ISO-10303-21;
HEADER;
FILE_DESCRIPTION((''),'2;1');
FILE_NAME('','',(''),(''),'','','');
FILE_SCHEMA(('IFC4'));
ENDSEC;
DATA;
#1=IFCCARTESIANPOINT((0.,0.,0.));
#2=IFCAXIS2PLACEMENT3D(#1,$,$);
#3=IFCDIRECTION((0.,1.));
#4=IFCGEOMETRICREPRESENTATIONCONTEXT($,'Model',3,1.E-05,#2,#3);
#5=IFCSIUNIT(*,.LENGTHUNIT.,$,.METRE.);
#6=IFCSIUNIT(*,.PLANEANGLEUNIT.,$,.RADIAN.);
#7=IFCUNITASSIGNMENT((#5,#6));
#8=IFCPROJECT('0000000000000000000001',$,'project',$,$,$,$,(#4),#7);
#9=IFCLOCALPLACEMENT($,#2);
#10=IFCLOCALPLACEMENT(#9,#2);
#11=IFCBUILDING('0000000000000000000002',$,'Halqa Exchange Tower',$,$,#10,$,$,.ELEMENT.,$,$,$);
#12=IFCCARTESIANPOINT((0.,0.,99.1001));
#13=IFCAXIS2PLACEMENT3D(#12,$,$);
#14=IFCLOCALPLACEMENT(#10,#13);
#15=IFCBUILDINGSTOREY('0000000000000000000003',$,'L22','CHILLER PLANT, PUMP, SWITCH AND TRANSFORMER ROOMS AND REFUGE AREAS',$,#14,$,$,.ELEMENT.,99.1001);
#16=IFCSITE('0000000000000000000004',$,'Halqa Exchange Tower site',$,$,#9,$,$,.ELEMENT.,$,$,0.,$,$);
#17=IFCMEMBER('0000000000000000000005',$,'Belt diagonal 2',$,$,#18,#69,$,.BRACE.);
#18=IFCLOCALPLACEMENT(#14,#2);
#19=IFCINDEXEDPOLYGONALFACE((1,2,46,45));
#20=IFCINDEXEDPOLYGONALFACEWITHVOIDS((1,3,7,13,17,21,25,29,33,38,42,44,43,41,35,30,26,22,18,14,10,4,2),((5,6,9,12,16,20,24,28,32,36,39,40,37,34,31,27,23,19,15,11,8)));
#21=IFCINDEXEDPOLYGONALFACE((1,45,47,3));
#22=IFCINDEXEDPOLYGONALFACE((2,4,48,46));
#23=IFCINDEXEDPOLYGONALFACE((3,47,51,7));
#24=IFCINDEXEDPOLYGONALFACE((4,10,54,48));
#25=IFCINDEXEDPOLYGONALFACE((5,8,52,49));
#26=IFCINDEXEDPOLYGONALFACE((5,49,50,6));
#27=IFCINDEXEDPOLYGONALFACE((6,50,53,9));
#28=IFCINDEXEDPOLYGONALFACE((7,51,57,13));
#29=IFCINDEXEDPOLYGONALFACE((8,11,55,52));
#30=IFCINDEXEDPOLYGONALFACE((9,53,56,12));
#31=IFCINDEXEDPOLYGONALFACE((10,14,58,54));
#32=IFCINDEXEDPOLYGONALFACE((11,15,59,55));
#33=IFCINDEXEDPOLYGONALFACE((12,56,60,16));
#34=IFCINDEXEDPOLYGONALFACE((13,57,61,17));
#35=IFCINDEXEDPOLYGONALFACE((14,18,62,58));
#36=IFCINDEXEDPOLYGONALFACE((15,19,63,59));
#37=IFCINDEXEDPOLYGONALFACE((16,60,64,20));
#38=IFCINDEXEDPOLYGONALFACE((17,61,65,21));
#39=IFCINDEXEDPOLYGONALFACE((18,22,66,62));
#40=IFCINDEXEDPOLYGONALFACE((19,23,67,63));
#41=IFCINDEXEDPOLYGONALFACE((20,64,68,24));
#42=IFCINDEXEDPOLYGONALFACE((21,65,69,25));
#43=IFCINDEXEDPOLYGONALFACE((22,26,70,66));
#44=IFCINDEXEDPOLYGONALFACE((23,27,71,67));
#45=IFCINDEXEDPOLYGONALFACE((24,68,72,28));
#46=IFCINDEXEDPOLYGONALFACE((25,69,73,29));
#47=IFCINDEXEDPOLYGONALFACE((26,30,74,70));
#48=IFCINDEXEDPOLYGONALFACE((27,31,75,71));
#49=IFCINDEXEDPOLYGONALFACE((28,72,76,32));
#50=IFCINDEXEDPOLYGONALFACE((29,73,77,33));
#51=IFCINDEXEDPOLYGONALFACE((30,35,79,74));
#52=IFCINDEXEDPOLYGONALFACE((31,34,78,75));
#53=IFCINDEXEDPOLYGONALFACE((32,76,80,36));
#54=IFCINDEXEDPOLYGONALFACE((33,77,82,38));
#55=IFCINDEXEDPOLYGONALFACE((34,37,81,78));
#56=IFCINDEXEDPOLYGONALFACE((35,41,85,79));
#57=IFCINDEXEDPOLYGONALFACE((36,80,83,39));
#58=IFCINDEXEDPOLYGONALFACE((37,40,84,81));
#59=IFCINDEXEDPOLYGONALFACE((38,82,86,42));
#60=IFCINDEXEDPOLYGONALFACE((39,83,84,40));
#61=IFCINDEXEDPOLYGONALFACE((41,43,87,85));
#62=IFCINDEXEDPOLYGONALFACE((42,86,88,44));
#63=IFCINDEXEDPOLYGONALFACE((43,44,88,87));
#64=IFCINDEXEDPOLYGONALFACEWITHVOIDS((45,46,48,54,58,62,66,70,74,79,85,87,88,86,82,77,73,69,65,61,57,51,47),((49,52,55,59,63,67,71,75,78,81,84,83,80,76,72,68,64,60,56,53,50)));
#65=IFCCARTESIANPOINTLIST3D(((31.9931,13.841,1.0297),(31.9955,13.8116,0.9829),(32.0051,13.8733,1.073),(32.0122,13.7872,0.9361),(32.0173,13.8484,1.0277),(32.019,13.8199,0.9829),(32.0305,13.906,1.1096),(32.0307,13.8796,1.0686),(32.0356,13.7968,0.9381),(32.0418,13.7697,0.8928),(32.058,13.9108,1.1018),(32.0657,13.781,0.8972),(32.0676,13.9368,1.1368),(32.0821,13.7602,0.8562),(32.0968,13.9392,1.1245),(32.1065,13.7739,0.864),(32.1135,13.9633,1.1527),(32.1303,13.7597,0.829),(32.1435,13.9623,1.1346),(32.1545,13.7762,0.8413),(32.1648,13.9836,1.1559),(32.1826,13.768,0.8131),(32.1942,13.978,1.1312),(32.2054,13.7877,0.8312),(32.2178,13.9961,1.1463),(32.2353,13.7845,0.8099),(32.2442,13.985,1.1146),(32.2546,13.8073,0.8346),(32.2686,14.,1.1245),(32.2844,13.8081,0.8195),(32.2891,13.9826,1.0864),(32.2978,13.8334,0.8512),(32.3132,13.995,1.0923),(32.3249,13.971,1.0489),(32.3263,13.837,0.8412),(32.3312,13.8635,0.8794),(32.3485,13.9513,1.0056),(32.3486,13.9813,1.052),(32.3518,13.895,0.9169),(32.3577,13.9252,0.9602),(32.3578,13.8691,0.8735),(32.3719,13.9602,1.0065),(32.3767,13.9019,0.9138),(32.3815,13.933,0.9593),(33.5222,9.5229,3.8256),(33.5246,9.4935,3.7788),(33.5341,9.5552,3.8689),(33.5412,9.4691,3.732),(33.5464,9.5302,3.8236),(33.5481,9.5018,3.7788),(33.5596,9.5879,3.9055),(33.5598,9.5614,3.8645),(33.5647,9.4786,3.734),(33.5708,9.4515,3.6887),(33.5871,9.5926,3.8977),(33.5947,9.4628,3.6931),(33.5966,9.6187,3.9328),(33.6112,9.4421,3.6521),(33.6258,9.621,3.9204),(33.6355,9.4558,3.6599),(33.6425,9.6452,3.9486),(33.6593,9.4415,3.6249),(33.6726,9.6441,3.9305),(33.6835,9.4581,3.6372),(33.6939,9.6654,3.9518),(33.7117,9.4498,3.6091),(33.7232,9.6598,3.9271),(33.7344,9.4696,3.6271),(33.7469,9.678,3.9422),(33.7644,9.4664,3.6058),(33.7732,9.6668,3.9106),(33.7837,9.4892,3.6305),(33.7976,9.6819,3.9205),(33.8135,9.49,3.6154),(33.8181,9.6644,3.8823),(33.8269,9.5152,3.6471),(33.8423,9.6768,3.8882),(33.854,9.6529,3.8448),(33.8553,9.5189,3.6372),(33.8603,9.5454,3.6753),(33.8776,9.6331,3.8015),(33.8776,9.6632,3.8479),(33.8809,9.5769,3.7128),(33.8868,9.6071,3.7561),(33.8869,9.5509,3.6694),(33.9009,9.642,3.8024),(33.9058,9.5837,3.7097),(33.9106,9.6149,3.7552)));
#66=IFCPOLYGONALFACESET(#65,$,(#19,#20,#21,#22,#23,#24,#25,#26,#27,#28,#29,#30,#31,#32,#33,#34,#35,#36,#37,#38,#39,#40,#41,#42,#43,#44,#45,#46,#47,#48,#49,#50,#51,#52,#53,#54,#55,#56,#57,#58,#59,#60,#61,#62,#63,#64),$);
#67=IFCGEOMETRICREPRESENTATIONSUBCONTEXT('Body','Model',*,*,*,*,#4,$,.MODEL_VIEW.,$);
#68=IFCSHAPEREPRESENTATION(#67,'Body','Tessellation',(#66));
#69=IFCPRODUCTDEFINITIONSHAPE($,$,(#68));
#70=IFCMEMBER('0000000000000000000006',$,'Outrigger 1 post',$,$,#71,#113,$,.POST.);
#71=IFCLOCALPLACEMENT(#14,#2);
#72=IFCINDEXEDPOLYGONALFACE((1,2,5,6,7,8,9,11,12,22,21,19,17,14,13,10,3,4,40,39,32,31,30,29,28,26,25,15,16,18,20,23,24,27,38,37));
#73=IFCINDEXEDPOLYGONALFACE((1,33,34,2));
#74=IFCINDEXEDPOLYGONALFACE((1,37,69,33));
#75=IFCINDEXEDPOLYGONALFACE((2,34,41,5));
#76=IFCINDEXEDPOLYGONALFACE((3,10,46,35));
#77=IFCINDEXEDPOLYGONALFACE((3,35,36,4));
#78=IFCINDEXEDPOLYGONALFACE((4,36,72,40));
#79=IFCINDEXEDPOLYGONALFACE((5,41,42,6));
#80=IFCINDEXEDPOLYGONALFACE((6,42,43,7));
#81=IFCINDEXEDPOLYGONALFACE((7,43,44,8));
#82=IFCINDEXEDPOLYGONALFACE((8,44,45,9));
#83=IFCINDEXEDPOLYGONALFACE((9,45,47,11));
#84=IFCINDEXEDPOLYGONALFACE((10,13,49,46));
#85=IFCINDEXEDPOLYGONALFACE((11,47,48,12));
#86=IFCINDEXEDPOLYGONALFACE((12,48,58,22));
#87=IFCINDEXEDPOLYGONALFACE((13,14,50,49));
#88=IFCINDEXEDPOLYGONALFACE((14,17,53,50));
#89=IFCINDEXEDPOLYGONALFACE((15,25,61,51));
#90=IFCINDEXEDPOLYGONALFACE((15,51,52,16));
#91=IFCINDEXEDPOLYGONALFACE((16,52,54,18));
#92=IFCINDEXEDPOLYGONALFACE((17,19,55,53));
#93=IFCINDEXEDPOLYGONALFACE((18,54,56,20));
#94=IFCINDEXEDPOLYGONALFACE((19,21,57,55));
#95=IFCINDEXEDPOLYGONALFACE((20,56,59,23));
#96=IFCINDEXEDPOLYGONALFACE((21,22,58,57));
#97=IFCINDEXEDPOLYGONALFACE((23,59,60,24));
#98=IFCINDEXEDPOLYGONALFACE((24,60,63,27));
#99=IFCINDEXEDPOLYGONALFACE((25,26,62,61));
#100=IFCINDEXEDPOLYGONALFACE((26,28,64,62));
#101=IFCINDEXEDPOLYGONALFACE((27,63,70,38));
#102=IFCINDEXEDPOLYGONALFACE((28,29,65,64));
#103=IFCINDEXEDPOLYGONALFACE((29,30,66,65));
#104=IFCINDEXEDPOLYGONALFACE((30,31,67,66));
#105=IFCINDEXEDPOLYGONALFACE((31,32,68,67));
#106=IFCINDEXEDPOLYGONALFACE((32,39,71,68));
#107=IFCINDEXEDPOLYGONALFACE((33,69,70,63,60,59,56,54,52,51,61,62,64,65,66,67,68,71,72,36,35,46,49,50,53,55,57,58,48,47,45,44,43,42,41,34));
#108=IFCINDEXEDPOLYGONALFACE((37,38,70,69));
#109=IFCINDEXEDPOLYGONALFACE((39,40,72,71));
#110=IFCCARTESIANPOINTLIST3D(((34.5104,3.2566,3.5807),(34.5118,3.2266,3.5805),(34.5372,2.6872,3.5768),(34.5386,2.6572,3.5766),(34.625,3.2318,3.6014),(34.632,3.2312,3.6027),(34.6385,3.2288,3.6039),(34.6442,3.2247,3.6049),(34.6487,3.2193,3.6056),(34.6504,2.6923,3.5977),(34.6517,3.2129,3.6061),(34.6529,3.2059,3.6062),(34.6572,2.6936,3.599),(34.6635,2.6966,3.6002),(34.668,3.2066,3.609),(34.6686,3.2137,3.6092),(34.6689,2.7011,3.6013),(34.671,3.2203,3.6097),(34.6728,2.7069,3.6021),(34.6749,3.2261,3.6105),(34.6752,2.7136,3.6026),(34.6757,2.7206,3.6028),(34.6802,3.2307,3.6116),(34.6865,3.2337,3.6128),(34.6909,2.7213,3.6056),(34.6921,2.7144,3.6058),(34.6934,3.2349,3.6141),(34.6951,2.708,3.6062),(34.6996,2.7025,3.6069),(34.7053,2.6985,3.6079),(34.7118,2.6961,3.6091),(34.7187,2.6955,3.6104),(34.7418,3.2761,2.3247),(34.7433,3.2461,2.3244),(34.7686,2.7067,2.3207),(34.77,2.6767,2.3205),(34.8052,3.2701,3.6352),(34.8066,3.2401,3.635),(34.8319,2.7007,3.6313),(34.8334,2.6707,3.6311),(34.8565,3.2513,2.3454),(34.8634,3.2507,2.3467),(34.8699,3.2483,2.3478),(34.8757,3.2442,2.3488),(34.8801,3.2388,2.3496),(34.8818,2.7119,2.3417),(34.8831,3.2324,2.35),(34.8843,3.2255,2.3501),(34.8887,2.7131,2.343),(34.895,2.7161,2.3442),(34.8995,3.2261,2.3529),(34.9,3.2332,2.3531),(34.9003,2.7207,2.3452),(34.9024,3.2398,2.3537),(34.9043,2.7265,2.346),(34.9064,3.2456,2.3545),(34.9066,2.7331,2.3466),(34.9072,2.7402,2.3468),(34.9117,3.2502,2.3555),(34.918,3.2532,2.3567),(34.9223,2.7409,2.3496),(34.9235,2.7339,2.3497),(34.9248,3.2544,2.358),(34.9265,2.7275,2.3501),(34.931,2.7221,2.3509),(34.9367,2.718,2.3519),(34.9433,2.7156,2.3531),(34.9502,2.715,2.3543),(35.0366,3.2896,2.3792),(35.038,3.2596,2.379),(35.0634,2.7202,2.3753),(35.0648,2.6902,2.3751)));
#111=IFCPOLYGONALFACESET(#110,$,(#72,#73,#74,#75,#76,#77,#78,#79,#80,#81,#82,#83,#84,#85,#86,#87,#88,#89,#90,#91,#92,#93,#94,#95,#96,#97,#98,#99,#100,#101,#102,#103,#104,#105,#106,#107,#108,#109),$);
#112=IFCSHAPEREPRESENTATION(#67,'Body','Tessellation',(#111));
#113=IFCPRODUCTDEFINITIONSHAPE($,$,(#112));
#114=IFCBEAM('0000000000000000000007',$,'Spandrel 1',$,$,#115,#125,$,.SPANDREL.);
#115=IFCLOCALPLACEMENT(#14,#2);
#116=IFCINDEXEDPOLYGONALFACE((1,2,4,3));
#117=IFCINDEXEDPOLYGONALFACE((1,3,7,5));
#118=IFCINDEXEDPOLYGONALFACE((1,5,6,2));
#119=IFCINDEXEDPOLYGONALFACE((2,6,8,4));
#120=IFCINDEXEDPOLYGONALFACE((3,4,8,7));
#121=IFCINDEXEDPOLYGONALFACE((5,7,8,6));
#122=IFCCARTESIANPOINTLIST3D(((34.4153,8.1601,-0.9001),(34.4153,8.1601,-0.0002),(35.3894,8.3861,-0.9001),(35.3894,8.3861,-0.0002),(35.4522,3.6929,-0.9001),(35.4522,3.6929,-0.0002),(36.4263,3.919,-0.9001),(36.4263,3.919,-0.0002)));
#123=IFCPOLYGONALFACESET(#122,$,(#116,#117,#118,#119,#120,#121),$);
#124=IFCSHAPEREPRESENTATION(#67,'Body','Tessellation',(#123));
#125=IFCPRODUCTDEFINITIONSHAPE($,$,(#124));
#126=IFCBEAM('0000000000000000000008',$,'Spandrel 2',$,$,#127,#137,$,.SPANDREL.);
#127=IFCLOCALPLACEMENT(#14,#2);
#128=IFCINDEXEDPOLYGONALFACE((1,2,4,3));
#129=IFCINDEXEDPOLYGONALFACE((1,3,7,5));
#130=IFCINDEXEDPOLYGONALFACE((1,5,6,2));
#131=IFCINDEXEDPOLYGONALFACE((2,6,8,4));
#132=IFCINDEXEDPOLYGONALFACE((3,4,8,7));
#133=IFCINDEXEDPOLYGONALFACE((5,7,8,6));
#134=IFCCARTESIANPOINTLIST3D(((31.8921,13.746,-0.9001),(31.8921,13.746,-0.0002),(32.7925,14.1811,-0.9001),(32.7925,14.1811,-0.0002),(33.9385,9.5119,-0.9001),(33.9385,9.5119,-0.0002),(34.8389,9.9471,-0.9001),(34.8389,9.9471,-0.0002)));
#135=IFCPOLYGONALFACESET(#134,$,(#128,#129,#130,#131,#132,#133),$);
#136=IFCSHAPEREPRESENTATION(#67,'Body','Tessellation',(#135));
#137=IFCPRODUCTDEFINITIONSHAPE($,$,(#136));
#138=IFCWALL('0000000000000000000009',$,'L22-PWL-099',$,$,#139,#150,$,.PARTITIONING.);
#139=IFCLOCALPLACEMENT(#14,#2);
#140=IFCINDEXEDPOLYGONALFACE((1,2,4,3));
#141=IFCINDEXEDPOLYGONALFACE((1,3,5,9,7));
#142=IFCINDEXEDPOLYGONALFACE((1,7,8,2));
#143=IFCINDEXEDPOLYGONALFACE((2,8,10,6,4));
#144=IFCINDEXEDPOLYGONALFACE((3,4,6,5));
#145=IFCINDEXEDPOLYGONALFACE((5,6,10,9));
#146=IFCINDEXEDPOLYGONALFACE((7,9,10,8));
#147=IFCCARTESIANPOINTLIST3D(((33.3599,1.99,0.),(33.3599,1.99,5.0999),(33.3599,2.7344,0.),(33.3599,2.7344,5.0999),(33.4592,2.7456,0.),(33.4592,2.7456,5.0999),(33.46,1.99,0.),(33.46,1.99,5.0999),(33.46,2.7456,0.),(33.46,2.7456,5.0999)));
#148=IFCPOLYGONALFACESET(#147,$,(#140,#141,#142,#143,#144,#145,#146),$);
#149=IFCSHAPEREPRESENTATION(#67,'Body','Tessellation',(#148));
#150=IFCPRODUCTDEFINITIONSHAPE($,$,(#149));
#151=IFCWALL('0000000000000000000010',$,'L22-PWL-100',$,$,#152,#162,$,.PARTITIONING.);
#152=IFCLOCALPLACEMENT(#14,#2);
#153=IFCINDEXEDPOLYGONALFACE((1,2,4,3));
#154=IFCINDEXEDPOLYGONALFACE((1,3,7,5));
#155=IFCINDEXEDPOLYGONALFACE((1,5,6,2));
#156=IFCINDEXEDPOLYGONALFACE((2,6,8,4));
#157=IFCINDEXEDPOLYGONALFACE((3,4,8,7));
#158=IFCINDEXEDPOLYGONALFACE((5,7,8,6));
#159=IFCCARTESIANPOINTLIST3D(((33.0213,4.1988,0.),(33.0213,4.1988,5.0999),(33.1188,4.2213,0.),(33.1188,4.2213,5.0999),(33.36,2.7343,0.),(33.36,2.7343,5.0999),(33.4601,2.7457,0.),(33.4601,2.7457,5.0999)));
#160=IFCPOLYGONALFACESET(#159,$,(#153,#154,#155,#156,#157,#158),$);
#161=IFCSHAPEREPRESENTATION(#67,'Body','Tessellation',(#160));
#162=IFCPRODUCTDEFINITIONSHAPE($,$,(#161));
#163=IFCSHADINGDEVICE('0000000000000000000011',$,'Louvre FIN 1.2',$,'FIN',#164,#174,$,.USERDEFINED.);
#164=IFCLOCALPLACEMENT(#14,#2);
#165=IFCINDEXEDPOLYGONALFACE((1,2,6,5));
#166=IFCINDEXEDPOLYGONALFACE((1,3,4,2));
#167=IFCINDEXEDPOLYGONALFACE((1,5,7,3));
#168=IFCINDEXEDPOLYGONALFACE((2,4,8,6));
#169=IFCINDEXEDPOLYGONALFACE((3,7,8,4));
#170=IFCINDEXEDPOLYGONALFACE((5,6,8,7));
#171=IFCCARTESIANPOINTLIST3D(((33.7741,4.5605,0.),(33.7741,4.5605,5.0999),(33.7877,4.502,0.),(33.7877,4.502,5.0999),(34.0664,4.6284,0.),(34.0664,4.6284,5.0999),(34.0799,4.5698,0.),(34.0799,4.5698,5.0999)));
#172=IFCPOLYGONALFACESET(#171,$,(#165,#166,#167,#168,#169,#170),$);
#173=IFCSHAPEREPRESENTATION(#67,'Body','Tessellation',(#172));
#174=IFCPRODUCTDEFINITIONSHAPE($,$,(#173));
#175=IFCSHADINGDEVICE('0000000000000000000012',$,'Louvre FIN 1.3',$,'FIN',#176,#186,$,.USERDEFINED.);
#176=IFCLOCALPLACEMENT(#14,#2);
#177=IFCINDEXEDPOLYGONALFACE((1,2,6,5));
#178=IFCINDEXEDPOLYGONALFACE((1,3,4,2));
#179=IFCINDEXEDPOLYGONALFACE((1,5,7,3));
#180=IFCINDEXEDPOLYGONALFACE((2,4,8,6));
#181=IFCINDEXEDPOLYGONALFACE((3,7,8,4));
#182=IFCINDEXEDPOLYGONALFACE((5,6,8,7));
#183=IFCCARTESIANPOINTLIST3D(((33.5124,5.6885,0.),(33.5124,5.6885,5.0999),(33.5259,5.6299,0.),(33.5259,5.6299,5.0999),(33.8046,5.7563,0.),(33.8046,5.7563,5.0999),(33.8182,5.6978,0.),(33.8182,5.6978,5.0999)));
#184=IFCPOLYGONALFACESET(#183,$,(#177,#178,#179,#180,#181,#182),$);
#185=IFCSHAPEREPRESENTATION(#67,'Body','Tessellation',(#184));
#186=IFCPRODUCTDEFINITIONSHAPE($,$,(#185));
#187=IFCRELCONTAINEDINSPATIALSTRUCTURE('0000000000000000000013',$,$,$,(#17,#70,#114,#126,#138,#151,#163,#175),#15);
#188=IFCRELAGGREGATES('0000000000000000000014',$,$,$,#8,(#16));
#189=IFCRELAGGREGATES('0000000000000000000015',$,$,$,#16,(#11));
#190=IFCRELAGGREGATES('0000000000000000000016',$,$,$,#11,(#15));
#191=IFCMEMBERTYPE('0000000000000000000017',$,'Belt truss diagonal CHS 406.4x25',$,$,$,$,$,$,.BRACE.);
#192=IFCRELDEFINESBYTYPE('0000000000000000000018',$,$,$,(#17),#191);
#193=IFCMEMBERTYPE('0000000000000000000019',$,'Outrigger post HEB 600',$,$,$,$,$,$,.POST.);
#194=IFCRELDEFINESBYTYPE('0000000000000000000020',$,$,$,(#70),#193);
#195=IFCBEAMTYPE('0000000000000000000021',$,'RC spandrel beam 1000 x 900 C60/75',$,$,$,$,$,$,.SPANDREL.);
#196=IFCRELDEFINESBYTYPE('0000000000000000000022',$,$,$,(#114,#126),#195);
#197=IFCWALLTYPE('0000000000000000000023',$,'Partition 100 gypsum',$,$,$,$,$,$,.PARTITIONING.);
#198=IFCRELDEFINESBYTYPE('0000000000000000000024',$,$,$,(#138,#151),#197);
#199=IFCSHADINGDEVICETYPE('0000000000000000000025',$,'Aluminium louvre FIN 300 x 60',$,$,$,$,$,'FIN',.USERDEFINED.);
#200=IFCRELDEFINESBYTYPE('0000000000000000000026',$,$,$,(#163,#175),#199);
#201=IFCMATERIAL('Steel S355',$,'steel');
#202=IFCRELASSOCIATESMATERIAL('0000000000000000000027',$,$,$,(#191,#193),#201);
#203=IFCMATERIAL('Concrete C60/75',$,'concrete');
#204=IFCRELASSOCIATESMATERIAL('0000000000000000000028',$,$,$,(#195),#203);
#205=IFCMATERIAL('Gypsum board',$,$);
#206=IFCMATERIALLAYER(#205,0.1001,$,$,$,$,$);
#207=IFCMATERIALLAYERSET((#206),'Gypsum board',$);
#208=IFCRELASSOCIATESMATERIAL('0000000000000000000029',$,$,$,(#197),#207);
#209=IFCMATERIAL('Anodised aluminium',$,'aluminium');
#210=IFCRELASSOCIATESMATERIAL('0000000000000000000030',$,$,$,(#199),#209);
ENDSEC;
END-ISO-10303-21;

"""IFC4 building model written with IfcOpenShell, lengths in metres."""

from ifc_helpers import new_model, si_unit, direction, frame, origin, origin_2d, place, context, subcontext, project, spatial, polyline, rectangle, hollow_circle, i_section, outline, extrude, material, layer, layer_set, material_profile, profile_set, type_object, element, save


model = new_model("IFC4")

# Units and contexts
model_context = context("Model", 3, precision=1e-05, world=origin(), true_north=direction((0.0, 1.0)))
body_context = subcontext(model_context, "Body", "Model", "MODEL_VIEW")
ifc_project = project(units=[si_unit("LENGTHUNIT", "METRE"), si_unit("PLANEANGLEUNIT", "RADIAN")], contexts=[model_context])

# Site, building, storey
site_placement = place(None, origin())
site = spatial("IfcSite", under=ifc_project, at=site_placement, Name="Halqa Exchange Tower site", CompositionType="ELEMENT", RefElevation=0.0)
building_placement = place(site_placement, origin())
building = spatial("IfcBuilding", under=site, at=building_placement, Name="Halqa Exchange Tower", CompositionType="ELEMENT")
storey_placement = place(building_placement, frame((0.0, 0.0, 99.1001)))
storey = spatial("IfcBuildingStorey", under=building, at=storey_placement, Name="L22", Description="CHILLER PLANT, PUMP, SWITCH AND TRANSFORMER ROOMS AND REFUGE AREAS", CompositionType="ELEMENT", Elevation=99.1001)

# Members
ifc_material_1 = material(Name="Steel S355", Category="steel")
ifc_material_profile_1 = material_profile(ifc_material_1, hollow_circle(Radius=0.2031, WallThickness=0.0249, at=origin_2d()), Name="CHS 406.4x25")
ifc_profile_set_1 = profile_set([ifc_material_profile_1], Name="Steel S355")
member_type_1 = type_object("IfcMemberType", Name="Belt truss diagonal CHS 406.4x25", PredefinedType="BRACE", material=ifc_profile_set_1)
member_1_placement = place(storey_placement, frame((33.7161, 9.5613, 3.7788), z_axis=(-0.284916, 0.804617, -0.520974), x_axis=(-0.942646, -0.333793, 0.0)))
element("IfcMember", 1, at=member_1_placement, inside=storey, type_object=member_type_1, Name="Belt diagonal 2", PredefinedType="BRACE", context=body_context, shape_type="SweptSolid", body=[
    extrude(hollow_circle(Radius=0.2031, WallThickness=0.0249, at=origin_2d()), origin(), (0.0, 0.0, 1.0), 5.3667),
])
ifc_material_profile_2 = material_profile(ifc_material_1, i_section(OverallWidth=0.3, OverallDepth=0.6001, WebThickness=0.0154, FlangeThickness=0.03, FilletRadius=0.0271, at=origin_2d()), Name="HEB 600")
ifc_profile_set_2 = profile_set([ifc_material_profile_2], Name="Steel S355")
member_type_2 = type_object("IfcMemberType", Name="Outrigger post HEB 600", PredefinedType="POST", material=ifc_profile_set_2)
member_2_placement = place(storey_placement, frame((34.9033, 2.9832, 2.3499), z_axis=(-0.181185, -0.01529, 0.98333), x_axis=(0.982325, 0.044968, 0.181699)))
element("IfcMember", 2, at=member_2_placement, inside=storey, type_object=member_type_2, Name="Outrigger 1 post", PredefinedType="POST", context=body_context, shape_type="SweptSolid", body=[
    extrude(i_section(OverallWidth=0.3, OverallDepth=0.6001, WebThickness=0.0154, FlangeThickness=0.03, FilletRadius=0.0271, at=origin_2d()), origin(), (0.0, 0.0, 1.0), 1.2773),
])

# Beams
ifc_material_2 = material(Name="Concrete C60/75", Category="concrete")
ifc_material_profile_3 = material_profile(ifc_material_2, rectangle(XDim=1.0, YDim=0.8999, at=origin_2d()), Name="1000 x 900")
ifc_profile_set_3 = profile_set([ifc_material_profile_3], Name="Concrete C60/75")
beam_type = type_object("IfcBeamType", Name="RC spandrel beam 1000 x 900 C60/75", PredefinedType="SPANDREL", material=ifc_profile_set_3)
beam_1_placement = place(storey_placement, frame((35.9392, 3.8059, -0.4502), z_axis=(-0.226092, 0.974106, 0.0), x_axis=(-0.974106, -0.226092, 0.0)))
element("IfcBeam", 3, at=beam_1_placement, inside=storey, type_object=beam_type, Name="Spandrel 1", PredefinedType="SPANDREL", context=body_context, shape_type="SweptSolid", body=[
    extrude(rectangle(XDim=1.0, YDim=0.8999, at=origin_2d()), origin(), (0.0, 0.0, 1.0), 4.5859),
])
beam_2_placement = place(storey_placement, frame((34.3887, 9.7295, -0.4502), z_axis=(-0.43515, 0.900358, 0.0), x_axis=(-0.900358, -0.43515, 0.0)))
element("IfcBeam", 4, at=beam_2_placement, inside=storey, type_object=beam_type, Name="Spandrel 2", PredefinedType="SPANDREL", context=body_context, shape_type="SweptSolid", body=[
    extrude(rectangle(XDim=1.0, YDim=0.8999, at=origin_2d()), origin(), (0.0, 0.0, 1.0), 4.7026),
])

# Walls
ifc_material_3 = material(Name="Gypsum board")
ifc_layer_1 = layer(ifc_material_3, 0.1001)
ifc_layer_set_1 = layer_set([ifc_layer_1], Name="Gypsum board")
wall_type = type_object("IfcWallType", Name="Partition 100 gypsum", PredefinedType="PARTITIONING", material=ifc_layer_set_1)
wall_1_placement = place(storey_placement, frame((33.4099, 1.99, 0.0), z_axis=(0.0, 0.0, 1.0), x_axis=(0.0, 1.0, 0.0)))
element("IfcWall", 5, at=wall_1_placement, inside=storey, type_object=wall_type, Name="L22-PWL-099", PredefinedType="PARTITIONING", context=body_context, shape_type="SweptSolid", body=[
    extrude(outline(polyline([(0.7556, -0.05), (0.7556, -0.0493), (0.7444, 0.05), (0.0, 0.05), (0.0, -0.05), (0.7556, -0.05)])), origin(), (0.0, 0.0, 1.0), 5.0999),
])
wall_2_placement = place(storey_placement, frame((33.4114, 2.7344, 0.0), z_axis=(0.0, 0.0, 1.0), x_axis=(-0.225354, 0.974277, 0.0)))
element("IfcWall", 6, at=wall_2_placement, inside=storey, type_object=wall_type, Name="L22-PWL-100", PredefinedType="PARTITIONING", context=body_context, shape_type="SweptSolid", body=[
    extrude(outline(polyline([(1.5146, 0.05), (0.0115, 0.05), (0.0, -0.05), (1.5146, -0.05), (1.5146, 0.05)])), origin(), (0.0, 0.0, 1.0), 5.0999),
])

# Shading devices
ifc_material_4 = material(Name="Anodised aluminium", Category="aluminium")
ifc_material_profile_4 = material_profile(ifc_material_4, rectangle(XDim=0.3, YDim=0.0601, at=origin_2d()), Name="AL FIN 300x60")
ifc_profile_set_4 = profile_set([ifc_material_profile_4], Name="Anodised aluminium")
shading_device_type = type_object("IfcShadingDeviceType", Name="Aluminium louvre FIN 300 x 60", ElementType="FIN", PredefinedType="USERDEFINED", material=ifc_profile_set_4)
for number, where, z_axis, x_axis, name in (
    (7, (33.927, 4.5652, 0.0), (0.0, 0.0, 1.0), (-0.974112, -0.226066, 0.0), "Louvre FIN 1.2"),
    (8, (33.6653, 5.6931, 0.0), (0.0, 0.0, 1.0), (-0.974112, -0.226066, 0.0), "Louvre FIN 1.3"),
):
    element("IfcShadingDevice", number, at=place(storey_placement, frame(where, z_axis=z_axis, x_axis=x_axis)), inside=storey, type_object=shading_device_type, Name=name, ObjectType="FIN", PredefinedType="USERDEFINED", context=body_context, shape_type="SweptSolid", body=[
        extrude(rectangle(XDim=0.3, YDim=0.0601, at=origin_2d()), origin(), (0.0, 0.0, 1.0), 5.0999),
    ])

save(model, "model.ifc")
